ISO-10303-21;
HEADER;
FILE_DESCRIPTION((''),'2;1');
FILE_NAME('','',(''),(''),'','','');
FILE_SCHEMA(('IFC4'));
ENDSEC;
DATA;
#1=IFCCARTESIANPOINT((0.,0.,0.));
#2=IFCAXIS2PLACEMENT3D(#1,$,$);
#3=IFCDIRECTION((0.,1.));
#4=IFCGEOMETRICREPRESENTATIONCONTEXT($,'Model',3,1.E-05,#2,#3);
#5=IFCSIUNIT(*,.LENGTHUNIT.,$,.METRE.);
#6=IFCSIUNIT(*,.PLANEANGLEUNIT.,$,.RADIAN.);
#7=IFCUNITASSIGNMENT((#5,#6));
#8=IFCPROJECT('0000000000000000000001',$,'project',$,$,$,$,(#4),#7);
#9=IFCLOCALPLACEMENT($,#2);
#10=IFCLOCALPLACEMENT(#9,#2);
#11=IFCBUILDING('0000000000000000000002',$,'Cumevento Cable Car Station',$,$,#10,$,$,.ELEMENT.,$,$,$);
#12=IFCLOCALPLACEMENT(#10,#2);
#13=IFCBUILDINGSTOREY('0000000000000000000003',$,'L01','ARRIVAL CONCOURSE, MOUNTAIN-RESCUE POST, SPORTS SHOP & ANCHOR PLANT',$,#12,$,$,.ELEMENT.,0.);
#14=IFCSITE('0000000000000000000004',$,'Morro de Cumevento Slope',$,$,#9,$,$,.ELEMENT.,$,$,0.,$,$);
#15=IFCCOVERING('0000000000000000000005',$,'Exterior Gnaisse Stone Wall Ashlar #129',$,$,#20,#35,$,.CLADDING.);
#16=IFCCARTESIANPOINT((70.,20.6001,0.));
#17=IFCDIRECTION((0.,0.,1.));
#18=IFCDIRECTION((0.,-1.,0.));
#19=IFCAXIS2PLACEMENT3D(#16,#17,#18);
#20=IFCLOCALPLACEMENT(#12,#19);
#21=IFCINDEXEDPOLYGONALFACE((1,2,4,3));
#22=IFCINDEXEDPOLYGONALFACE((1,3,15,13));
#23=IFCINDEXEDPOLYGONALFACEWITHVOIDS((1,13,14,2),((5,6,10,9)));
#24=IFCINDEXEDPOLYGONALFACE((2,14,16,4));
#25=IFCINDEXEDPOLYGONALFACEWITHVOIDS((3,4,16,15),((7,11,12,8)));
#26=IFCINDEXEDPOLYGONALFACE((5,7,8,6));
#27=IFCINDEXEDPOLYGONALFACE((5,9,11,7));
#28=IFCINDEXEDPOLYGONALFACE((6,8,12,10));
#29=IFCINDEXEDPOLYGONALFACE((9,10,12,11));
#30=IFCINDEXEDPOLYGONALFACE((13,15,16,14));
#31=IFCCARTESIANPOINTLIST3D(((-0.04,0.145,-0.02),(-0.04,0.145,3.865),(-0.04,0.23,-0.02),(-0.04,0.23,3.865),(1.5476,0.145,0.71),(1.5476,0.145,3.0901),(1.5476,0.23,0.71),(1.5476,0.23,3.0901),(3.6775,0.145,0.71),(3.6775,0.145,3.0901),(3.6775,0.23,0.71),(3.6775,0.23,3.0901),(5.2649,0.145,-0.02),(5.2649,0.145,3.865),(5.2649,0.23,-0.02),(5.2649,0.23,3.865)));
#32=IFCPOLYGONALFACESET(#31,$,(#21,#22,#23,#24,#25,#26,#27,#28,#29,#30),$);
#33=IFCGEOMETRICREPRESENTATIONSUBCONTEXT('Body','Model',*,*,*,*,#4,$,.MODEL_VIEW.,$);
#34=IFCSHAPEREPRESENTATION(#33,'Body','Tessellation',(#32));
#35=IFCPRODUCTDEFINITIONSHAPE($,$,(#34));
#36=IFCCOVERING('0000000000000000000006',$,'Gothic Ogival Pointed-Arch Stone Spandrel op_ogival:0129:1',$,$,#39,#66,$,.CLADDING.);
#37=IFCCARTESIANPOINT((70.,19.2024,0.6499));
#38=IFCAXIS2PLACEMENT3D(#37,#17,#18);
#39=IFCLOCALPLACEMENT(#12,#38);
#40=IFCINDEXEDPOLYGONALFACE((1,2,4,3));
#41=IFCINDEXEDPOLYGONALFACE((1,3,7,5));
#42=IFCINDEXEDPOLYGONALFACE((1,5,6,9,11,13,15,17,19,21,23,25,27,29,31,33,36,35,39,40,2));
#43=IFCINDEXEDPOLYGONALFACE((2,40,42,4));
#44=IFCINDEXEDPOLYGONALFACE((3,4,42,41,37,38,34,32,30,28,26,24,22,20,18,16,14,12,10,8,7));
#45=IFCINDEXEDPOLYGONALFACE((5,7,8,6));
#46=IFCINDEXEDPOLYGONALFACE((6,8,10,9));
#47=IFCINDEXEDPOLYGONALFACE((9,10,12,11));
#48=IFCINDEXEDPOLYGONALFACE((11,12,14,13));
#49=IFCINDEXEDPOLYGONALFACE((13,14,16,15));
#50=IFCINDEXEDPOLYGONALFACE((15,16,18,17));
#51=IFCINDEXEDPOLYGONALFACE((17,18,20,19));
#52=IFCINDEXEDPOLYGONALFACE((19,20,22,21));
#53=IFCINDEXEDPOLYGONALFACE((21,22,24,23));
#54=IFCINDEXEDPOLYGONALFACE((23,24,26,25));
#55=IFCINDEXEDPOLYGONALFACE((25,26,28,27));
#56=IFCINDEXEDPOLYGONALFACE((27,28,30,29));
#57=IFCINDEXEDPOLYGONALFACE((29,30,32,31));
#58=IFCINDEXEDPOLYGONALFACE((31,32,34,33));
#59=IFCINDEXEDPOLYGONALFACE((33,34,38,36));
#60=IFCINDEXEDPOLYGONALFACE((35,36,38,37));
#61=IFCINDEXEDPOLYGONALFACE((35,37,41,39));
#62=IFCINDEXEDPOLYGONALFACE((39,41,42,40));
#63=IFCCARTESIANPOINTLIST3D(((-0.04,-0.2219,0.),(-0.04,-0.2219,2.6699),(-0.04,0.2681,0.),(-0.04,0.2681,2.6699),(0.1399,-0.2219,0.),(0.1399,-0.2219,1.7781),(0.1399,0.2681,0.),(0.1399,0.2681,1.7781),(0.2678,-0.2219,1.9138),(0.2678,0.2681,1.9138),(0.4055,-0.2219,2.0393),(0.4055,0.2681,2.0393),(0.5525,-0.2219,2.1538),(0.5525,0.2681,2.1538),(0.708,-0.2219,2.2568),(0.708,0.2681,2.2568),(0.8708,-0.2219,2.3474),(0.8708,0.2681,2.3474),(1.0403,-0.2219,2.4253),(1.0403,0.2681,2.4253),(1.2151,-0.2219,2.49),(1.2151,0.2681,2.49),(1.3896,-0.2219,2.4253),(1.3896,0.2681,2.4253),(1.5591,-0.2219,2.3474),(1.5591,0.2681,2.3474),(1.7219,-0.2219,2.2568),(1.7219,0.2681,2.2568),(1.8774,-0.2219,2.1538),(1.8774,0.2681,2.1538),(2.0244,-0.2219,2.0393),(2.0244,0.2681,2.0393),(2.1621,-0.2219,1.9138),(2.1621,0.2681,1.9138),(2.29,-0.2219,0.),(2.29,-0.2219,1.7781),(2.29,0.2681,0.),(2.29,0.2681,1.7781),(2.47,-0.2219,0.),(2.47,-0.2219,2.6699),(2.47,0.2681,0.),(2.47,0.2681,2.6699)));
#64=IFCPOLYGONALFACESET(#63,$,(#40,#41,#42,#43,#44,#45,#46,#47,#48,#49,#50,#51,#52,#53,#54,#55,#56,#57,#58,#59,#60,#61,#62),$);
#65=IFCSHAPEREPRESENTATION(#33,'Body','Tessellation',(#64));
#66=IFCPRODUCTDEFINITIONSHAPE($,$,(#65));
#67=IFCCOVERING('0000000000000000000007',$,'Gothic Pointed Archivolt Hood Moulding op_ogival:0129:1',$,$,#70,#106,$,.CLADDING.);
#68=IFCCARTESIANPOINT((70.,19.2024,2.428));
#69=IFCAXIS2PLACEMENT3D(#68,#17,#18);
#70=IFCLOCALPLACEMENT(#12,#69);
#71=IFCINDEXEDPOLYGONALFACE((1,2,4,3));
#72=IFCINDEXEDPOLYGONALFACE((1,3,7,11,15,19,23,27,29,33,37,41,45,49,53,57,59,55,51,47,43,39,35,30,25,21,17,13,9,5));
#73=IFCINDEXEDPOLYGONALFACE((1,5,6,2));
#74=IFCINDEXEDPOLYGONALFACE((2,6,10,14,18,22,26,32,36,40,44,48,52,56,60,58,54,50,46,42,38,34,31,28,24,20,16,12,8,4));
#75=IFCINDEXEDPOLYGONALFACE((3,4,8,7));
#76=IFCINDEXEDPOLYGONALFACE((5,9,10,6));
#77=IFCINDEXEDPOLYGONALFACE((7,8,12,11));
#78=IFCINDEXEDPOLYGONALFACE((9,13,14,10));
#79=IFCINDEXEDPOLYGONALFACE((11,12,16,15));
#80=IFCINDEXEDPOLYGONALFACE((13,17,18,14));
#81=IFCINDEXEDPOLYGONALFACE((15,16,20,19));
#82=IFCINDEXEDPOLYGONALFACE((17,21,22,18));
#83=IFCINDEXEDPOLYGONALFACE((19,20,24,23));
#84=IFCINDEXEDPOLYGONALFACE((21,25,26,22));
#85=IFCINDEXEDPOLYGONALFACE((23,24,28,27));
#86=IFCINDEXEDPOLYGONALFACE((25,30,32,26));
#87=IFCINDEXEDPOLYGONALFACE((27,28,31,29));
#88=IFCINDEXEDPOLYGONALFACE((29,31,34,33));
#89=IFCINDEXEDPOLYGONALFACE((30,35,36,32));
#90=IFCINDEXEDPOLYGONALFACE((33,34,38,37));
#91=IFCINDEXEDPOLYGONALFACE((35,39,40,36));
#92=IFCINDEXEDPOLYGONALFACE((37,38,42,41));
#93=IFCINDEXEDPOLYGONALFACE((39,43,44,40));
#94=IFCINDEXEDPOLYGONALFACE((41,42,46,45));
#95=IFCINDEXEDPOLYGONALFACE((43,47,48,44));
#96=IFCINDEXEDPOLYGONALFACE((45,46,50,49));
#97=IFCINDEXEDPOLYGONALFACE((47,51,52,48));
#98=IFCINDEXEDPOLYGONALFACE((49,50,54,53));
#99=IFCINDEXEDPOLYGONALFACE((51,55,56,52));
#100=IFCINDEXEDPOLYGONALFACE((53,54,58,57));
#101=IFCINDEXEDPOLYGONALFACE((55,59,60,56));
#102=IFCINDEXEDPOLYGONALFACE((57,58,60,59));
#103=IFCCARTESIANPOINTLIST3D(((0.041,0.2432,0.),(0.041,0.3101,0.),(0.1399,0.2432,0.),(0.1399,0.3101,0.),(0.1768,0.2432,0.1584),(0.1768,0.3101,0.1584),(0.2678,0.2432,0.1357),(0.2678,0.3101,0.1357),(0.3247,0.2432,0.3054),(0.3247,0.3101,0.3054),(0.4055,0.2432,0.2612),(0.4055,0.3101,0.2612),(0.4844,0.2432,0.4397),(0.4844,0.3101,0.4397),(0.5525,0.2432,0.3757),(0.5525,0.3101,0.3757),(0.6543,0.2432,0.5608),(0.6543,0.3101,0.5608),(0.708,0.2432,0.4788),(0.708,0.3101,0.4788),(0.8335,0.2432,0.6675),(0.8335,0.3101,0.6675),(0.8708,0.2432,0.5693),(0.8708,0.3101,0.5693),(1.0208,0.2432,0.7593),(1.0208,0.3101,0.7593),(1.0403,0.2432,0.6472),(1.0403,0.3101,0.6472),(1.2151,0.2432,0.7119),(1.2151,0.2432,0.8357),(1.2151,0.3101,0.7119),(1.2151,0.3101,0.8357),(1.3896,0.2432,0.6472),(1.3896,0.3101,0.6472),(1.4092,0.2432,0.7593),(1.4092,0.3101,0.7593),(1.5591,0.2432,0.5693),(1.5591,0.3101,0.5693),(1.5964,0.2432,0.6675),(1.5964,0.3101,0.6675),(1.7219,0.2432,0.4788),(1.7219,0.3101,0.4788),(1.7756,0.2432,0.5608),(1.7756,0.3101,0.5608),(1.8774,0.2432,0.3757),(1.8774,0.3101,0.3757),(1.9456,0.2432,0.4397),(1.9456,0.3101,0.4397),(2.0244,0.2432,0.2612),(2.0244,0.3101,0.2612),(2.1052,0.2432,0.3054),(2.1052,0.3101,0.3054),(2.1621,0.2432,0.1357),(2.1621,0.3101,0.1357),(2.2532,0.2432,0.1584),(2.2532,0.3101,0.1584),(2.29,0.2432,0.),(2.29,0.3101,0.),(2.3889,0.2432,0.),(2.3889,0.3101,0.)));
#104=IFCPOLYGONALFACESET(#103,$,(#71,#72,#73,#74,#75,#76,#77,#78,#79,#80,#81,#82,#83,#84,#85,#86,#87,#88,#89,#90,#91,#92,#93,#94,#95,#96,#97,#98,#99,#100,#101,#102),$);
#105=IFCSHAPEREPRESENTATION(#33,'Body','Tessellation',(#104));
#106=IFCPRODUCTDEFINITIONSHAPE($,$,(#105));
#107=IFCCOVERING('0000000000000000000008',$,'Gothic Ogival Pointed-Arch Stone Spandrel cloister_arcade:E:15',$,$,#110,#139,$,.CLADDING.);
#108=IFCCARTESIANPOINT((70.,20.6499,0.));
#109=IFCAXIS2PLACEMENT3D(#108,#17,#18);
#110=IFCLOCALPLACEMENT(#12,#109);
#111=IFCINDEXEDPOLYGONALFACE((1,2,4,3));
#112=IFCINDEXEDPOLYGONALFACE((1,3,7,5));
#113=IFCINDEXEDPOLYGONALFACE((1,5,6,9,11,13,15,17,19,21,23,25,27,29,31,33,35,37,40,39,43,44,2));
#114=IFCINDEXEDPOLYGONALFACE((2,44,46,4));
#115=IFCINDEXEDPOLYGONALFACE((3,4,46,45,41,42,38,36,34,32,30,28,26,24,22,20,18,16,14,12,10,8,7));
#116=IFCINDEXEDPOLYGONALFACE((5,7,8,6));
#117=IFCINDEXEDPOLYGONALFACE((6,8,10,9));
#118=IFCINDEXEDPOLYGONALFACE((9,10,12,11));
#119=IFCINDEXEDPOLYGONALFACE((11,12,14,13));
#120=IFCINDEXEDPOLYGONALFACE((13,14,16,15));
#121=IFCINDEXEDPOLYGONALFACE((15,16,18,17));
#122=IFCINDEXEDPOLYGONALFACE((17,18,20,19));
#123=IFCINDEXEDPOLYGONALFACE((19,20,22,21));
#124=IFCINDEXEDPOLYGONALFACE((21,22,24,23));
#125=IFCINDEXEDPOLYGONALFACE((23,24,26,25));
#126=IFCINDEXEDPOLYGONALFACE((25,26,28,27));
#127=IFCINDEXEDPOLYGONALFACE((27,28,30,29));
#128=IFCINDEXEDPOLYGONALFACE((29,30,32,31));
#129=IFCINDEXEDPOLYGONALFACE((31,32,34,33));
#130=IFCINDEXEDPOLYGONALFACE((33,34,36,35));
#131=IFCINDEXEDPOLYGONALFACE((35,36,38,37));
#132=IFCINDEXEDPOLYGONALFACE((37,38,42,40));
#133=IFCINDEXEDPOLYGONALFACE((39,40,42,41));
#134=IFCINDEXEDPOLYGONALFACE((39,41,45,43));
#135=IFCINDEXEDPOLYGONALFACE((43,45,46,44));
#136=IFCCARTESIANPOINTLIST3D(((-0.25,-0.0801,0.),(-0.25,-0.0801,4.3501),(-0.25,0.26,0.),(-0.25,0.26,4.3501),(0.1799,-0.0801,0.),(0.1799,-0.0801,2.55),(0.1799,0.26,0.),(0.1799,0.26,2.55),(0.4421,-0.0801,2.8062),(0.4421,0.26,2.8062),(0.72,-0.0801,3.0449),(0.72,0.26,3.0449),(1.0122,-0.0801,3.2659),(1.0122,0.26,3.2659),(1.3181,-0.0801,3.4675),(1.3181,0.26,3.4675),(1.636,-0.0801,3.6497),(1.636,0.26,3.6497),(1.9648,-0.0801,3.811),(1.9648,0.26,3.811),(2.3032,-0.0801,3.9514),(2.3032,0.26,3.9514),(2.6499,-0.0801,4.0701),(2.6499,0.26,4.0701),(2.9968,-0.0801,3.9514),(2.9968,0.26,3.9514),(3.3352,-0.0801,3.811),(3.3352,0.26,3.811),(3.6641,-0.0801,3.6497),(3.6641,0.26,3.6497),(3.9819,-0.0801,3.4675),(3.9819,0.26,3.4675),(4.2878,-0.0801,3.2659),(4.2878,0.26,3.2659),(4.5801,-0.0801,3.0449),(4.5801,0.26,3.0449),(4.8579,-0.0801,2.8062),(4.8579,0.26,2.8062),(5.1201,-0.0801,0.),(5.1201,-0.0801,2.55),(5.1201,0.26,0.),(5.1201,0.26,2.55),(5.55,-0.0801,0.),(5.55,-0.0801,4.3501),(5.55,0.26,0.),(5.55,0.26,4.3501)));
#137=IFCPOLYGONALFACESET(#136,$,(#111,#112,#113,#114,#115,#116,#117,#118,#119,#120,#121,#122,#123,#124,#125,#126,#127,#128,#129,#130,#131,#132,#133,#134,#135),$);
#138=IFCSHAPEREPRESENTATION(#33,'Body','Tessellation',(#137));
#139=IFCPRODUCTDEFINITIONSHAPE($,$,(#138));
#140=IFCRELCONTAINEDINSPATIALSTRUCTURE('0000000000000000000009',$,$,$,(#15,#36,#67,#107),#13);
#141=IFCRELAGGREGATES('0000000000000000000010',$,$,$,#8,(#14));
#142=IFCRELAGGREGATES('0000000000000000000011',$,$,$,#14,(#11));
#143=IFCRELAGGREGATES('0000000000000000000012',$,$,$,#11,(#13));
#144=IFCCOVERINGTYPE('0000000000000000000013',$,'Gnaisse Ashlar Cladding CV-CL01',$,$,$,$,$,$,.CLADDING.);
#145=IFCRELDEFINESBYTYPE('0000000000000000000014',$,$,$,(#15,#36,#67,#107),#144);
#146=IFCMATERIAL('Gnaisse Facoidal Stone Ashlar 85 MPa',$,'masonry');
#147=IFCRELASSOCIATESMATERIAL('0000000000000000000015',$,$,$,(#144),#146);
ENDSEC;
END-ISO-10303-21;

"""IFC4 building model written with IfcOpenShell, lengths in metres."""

from ifc_helpers import new_model, si_unit, direction, frame, origin, place, context, subcontext, project, spatial, polyline, outline, extrude, material, type_object, element, save


model = new_model("IFC4")

# Units and contexts
model_context = context("Model", 3, precision=1e-05, world=origin(), true_north=direction((0.0, 1.0)))
body_context = subcontext(model_context, "Body", "Model", "MODEL_VIEW")
ifc_project = project(units=[si_unit("LENGTHUNIT", "METRE"), si_unit("PLANEANGLEUNIT", "RADIAN")], contexts=[model_context])

# Site, building, storey
site_placement = place(None, origin())
site = spatial("IfcSite", under=ifc_project, at=site_placement, Name="Morro de Cumevento Slope", CompositionType="ELEMENT", RefElevation=0.0)
building_placement = place(site_placement, origin())
building = spatial("IfcBuilding", under=site, at=building_placement, Name="Cumevento Cable Car Station", CompositionType="ELEMENT")
storey_placement = place(building_placement, origin())
storey = spatial("IfcBuildingStorey", under=building, at=storey_placement, Name="L01", Description="ARRIVAL CONCOURSE, MOUNTAIN-RESCUE POST, SPORTS SHOP & ANCHOR PLANT", CompositionType="ELEMENT", Elevation=0.0)

# Coverings
ifc_material_1 = material(Name="Gnaisse Facoidal Stone Ashlar 85 MPa", Category="masonry")
covering_type = type_object("IfcCoveringType", Name="Gnaisse Ashlar Cladding CV-CL01", PredefinedType="CLADDING", material=ifc_material_1)
covering_1_placement = place(storey_placement, frame((70.0, 20.6001, 0.0), z_axis=(0.0, 0.0, 1.0), x_axis=(0.0, -1.0, 0.0)))
element("IfcCovering", 1, at=covering_1_placement, inside=storey, type_object=covering_type, Name="Exterior Gnaisse Stone Wall Ashlar #129", PredefinedType="CLADDING", context=body_context, shape_type="SweptSolid", body=[
    extrude(outline(polyline([(-0.04, -0.02), (5.2649, -0.02), (5.2649, 3.865), (-0.04, 3.865), (-0.04, -0.02)]), holes=[polyline([(1.5476, 0.71), (3.6775, 0.71), (3.6775, 3.0901), (1.5476, 3.0901), (1.5476, 0.71)])]), frame((0.0, 0.23, 0.0), z_axis=(0.0, -1.0, 0.0), x_axis=(1.0, 0.0, 0.0)), (0.0, 0.0, 1.0), 0.085),
])
covering_2_placement = place(storey_placement, frame((70.0, 19.2024, 0.6499), z_axis=(0.0, 0.0, 1.0), x_axis=(0.0, -1.0, 0.0)))
element("IfcCovering", 2, at=covering_2_placement, inside=storey, type_object=covering_type, Name="Gothic Ogival Pointed-Arch Stone Spandrel op_ogival:0129:1", PredefinedType="CLADDING", context=body_context, shape_type="SweptSolid", body=[
    extrude(outline(polyline([(-0.04, 0.0), (-0.04, 2.6699), (2.47, 2.6699), (2.47, 0.0), (2.29, 0.0), (2.29, 1.7781), (2.1621, 1.9138), (2.0244, 2.0393), (1.8774, 2.1538), (1.7219, 2.2568), (1.5591, 2.3474), (1.3896, 2.4253), (1.2151, 2.49), (1.0403, 2.4253), (0.8708, 2.3474), (0.708, 2.2568), (0.5525, 2.1538), (0.4055, 2.0393), (0.2678, 1.9138), (0.1399, 1.7781), (0.1399, 0.0), (-0.04, 0.0)])), frame((0.0, 0.2681, 0.0), z_axis=(0.0, -1.0, 0.0), x_axis=(1.0, 0.0, 0.0)), (0.0, 0.0, 1.0), 0.49),
])
covering_3_placement = place(storey_placement, frame((70.0, 19.2024, 2.428), z_axis=(0.0, 0.0, 1.0), x_axis=(0.0, -1.0, 0.0)))
element("IfcCovering", 3, at=covering_3_placement, inside=storey, type_object=covering_type, Name="Gothic Pointed Archivolt Hood Moulding op_ogival:0129:1", PredefinedType="CLADDING", context=body_context, shape_type="SweptSolid", body=[
    extrude(outline(polyline([(0.1399, 0.0), (0.2678, 0.1357), (0.4055, 0.2612), (0.5525, 0.3757), (0.708, 0.4788), (0.8708, 0.5693), (1.0403, 0.6472), (1.2151, 0.7119), (1.3896, 0.6472), (1.5591, 0.5693), (1.7219, 0.4788), (1.8774, 0.3757), (2.0244, 0.2612), (2.1621, 0.1357), (2.29, 0.0), (2.3889, 0.0), (2.2532, 0.1584), (2.1052, 0.3054), (1.9456, 0.4397), (1.7756, 0.5608), (1.5964, 0.6675), (1.4092, 0.7593), (1.2151, 0.8357), (1.0208, 0.7593), (0.8335, 0.6675), (0.6543, 0.5608), (0.4844, 0.4397), (0.3247, 0.3054), (0.1768, 0.1584), (0.041, 0.0), (0.1399, 0.0)])), frame((0.0, 0.3101, 0.0), z_axis=(0.0, -1.0, 0.0), x_axis=(1.0, 0.0, 0.0)), (0.0, 0.0, 1.0), 0.0669),
])
covering_4_placement = place(storey_placement, frame((70.0, 20.6499, 0.0), z_axis=(0.0, 0.0, 1.0), x_axis=(0.0, -1.0, 0.0)))
element("IfcCovering", 4, at=covering_4_placement, inside=storey, type_object=covering_type, Name="Gothic Ogival Pointed-Arch Stone Spandrel cloister_arcade:E:15", PredefinedType="CLADDING", context=body_context, shape_type="SweptSolid", body=[
    extrude(outline(polyline([(-0.25, 0.0), (-0.25, 4.3501), (5.55, 4.3501), (5.55, 0.0), (5.1201, 0.0), (5.1201, 2.55), (4.8579, 2.8062), (4.5801, 3.0449), (4.2878, 3.2659), (3.9819, 3.4675), (3.6641, 3.6497), (3.3352, 3.811), (2.9968, 3.9514), (2.6499, 4.0701), (2.3032, 3.9514), (1.9648, 3.811), (1.636, 3.6497), (1.3181, 3.4675), (1.0122, 3.2659), (0.72, 3.0449), (0.4421, 2.8062), (0.1799, 2.55), (0.1799, 0.0), (-0.25, 0.0)])), frame((0.0, 0.26, 0.0), z_axis=(0.0, -1.0, 0.0), x_axis=(1.0, 0.0, 0.0)), (0.0, 0.0, 1.0), 0.3401),
])

save(model, "model.ifc")
